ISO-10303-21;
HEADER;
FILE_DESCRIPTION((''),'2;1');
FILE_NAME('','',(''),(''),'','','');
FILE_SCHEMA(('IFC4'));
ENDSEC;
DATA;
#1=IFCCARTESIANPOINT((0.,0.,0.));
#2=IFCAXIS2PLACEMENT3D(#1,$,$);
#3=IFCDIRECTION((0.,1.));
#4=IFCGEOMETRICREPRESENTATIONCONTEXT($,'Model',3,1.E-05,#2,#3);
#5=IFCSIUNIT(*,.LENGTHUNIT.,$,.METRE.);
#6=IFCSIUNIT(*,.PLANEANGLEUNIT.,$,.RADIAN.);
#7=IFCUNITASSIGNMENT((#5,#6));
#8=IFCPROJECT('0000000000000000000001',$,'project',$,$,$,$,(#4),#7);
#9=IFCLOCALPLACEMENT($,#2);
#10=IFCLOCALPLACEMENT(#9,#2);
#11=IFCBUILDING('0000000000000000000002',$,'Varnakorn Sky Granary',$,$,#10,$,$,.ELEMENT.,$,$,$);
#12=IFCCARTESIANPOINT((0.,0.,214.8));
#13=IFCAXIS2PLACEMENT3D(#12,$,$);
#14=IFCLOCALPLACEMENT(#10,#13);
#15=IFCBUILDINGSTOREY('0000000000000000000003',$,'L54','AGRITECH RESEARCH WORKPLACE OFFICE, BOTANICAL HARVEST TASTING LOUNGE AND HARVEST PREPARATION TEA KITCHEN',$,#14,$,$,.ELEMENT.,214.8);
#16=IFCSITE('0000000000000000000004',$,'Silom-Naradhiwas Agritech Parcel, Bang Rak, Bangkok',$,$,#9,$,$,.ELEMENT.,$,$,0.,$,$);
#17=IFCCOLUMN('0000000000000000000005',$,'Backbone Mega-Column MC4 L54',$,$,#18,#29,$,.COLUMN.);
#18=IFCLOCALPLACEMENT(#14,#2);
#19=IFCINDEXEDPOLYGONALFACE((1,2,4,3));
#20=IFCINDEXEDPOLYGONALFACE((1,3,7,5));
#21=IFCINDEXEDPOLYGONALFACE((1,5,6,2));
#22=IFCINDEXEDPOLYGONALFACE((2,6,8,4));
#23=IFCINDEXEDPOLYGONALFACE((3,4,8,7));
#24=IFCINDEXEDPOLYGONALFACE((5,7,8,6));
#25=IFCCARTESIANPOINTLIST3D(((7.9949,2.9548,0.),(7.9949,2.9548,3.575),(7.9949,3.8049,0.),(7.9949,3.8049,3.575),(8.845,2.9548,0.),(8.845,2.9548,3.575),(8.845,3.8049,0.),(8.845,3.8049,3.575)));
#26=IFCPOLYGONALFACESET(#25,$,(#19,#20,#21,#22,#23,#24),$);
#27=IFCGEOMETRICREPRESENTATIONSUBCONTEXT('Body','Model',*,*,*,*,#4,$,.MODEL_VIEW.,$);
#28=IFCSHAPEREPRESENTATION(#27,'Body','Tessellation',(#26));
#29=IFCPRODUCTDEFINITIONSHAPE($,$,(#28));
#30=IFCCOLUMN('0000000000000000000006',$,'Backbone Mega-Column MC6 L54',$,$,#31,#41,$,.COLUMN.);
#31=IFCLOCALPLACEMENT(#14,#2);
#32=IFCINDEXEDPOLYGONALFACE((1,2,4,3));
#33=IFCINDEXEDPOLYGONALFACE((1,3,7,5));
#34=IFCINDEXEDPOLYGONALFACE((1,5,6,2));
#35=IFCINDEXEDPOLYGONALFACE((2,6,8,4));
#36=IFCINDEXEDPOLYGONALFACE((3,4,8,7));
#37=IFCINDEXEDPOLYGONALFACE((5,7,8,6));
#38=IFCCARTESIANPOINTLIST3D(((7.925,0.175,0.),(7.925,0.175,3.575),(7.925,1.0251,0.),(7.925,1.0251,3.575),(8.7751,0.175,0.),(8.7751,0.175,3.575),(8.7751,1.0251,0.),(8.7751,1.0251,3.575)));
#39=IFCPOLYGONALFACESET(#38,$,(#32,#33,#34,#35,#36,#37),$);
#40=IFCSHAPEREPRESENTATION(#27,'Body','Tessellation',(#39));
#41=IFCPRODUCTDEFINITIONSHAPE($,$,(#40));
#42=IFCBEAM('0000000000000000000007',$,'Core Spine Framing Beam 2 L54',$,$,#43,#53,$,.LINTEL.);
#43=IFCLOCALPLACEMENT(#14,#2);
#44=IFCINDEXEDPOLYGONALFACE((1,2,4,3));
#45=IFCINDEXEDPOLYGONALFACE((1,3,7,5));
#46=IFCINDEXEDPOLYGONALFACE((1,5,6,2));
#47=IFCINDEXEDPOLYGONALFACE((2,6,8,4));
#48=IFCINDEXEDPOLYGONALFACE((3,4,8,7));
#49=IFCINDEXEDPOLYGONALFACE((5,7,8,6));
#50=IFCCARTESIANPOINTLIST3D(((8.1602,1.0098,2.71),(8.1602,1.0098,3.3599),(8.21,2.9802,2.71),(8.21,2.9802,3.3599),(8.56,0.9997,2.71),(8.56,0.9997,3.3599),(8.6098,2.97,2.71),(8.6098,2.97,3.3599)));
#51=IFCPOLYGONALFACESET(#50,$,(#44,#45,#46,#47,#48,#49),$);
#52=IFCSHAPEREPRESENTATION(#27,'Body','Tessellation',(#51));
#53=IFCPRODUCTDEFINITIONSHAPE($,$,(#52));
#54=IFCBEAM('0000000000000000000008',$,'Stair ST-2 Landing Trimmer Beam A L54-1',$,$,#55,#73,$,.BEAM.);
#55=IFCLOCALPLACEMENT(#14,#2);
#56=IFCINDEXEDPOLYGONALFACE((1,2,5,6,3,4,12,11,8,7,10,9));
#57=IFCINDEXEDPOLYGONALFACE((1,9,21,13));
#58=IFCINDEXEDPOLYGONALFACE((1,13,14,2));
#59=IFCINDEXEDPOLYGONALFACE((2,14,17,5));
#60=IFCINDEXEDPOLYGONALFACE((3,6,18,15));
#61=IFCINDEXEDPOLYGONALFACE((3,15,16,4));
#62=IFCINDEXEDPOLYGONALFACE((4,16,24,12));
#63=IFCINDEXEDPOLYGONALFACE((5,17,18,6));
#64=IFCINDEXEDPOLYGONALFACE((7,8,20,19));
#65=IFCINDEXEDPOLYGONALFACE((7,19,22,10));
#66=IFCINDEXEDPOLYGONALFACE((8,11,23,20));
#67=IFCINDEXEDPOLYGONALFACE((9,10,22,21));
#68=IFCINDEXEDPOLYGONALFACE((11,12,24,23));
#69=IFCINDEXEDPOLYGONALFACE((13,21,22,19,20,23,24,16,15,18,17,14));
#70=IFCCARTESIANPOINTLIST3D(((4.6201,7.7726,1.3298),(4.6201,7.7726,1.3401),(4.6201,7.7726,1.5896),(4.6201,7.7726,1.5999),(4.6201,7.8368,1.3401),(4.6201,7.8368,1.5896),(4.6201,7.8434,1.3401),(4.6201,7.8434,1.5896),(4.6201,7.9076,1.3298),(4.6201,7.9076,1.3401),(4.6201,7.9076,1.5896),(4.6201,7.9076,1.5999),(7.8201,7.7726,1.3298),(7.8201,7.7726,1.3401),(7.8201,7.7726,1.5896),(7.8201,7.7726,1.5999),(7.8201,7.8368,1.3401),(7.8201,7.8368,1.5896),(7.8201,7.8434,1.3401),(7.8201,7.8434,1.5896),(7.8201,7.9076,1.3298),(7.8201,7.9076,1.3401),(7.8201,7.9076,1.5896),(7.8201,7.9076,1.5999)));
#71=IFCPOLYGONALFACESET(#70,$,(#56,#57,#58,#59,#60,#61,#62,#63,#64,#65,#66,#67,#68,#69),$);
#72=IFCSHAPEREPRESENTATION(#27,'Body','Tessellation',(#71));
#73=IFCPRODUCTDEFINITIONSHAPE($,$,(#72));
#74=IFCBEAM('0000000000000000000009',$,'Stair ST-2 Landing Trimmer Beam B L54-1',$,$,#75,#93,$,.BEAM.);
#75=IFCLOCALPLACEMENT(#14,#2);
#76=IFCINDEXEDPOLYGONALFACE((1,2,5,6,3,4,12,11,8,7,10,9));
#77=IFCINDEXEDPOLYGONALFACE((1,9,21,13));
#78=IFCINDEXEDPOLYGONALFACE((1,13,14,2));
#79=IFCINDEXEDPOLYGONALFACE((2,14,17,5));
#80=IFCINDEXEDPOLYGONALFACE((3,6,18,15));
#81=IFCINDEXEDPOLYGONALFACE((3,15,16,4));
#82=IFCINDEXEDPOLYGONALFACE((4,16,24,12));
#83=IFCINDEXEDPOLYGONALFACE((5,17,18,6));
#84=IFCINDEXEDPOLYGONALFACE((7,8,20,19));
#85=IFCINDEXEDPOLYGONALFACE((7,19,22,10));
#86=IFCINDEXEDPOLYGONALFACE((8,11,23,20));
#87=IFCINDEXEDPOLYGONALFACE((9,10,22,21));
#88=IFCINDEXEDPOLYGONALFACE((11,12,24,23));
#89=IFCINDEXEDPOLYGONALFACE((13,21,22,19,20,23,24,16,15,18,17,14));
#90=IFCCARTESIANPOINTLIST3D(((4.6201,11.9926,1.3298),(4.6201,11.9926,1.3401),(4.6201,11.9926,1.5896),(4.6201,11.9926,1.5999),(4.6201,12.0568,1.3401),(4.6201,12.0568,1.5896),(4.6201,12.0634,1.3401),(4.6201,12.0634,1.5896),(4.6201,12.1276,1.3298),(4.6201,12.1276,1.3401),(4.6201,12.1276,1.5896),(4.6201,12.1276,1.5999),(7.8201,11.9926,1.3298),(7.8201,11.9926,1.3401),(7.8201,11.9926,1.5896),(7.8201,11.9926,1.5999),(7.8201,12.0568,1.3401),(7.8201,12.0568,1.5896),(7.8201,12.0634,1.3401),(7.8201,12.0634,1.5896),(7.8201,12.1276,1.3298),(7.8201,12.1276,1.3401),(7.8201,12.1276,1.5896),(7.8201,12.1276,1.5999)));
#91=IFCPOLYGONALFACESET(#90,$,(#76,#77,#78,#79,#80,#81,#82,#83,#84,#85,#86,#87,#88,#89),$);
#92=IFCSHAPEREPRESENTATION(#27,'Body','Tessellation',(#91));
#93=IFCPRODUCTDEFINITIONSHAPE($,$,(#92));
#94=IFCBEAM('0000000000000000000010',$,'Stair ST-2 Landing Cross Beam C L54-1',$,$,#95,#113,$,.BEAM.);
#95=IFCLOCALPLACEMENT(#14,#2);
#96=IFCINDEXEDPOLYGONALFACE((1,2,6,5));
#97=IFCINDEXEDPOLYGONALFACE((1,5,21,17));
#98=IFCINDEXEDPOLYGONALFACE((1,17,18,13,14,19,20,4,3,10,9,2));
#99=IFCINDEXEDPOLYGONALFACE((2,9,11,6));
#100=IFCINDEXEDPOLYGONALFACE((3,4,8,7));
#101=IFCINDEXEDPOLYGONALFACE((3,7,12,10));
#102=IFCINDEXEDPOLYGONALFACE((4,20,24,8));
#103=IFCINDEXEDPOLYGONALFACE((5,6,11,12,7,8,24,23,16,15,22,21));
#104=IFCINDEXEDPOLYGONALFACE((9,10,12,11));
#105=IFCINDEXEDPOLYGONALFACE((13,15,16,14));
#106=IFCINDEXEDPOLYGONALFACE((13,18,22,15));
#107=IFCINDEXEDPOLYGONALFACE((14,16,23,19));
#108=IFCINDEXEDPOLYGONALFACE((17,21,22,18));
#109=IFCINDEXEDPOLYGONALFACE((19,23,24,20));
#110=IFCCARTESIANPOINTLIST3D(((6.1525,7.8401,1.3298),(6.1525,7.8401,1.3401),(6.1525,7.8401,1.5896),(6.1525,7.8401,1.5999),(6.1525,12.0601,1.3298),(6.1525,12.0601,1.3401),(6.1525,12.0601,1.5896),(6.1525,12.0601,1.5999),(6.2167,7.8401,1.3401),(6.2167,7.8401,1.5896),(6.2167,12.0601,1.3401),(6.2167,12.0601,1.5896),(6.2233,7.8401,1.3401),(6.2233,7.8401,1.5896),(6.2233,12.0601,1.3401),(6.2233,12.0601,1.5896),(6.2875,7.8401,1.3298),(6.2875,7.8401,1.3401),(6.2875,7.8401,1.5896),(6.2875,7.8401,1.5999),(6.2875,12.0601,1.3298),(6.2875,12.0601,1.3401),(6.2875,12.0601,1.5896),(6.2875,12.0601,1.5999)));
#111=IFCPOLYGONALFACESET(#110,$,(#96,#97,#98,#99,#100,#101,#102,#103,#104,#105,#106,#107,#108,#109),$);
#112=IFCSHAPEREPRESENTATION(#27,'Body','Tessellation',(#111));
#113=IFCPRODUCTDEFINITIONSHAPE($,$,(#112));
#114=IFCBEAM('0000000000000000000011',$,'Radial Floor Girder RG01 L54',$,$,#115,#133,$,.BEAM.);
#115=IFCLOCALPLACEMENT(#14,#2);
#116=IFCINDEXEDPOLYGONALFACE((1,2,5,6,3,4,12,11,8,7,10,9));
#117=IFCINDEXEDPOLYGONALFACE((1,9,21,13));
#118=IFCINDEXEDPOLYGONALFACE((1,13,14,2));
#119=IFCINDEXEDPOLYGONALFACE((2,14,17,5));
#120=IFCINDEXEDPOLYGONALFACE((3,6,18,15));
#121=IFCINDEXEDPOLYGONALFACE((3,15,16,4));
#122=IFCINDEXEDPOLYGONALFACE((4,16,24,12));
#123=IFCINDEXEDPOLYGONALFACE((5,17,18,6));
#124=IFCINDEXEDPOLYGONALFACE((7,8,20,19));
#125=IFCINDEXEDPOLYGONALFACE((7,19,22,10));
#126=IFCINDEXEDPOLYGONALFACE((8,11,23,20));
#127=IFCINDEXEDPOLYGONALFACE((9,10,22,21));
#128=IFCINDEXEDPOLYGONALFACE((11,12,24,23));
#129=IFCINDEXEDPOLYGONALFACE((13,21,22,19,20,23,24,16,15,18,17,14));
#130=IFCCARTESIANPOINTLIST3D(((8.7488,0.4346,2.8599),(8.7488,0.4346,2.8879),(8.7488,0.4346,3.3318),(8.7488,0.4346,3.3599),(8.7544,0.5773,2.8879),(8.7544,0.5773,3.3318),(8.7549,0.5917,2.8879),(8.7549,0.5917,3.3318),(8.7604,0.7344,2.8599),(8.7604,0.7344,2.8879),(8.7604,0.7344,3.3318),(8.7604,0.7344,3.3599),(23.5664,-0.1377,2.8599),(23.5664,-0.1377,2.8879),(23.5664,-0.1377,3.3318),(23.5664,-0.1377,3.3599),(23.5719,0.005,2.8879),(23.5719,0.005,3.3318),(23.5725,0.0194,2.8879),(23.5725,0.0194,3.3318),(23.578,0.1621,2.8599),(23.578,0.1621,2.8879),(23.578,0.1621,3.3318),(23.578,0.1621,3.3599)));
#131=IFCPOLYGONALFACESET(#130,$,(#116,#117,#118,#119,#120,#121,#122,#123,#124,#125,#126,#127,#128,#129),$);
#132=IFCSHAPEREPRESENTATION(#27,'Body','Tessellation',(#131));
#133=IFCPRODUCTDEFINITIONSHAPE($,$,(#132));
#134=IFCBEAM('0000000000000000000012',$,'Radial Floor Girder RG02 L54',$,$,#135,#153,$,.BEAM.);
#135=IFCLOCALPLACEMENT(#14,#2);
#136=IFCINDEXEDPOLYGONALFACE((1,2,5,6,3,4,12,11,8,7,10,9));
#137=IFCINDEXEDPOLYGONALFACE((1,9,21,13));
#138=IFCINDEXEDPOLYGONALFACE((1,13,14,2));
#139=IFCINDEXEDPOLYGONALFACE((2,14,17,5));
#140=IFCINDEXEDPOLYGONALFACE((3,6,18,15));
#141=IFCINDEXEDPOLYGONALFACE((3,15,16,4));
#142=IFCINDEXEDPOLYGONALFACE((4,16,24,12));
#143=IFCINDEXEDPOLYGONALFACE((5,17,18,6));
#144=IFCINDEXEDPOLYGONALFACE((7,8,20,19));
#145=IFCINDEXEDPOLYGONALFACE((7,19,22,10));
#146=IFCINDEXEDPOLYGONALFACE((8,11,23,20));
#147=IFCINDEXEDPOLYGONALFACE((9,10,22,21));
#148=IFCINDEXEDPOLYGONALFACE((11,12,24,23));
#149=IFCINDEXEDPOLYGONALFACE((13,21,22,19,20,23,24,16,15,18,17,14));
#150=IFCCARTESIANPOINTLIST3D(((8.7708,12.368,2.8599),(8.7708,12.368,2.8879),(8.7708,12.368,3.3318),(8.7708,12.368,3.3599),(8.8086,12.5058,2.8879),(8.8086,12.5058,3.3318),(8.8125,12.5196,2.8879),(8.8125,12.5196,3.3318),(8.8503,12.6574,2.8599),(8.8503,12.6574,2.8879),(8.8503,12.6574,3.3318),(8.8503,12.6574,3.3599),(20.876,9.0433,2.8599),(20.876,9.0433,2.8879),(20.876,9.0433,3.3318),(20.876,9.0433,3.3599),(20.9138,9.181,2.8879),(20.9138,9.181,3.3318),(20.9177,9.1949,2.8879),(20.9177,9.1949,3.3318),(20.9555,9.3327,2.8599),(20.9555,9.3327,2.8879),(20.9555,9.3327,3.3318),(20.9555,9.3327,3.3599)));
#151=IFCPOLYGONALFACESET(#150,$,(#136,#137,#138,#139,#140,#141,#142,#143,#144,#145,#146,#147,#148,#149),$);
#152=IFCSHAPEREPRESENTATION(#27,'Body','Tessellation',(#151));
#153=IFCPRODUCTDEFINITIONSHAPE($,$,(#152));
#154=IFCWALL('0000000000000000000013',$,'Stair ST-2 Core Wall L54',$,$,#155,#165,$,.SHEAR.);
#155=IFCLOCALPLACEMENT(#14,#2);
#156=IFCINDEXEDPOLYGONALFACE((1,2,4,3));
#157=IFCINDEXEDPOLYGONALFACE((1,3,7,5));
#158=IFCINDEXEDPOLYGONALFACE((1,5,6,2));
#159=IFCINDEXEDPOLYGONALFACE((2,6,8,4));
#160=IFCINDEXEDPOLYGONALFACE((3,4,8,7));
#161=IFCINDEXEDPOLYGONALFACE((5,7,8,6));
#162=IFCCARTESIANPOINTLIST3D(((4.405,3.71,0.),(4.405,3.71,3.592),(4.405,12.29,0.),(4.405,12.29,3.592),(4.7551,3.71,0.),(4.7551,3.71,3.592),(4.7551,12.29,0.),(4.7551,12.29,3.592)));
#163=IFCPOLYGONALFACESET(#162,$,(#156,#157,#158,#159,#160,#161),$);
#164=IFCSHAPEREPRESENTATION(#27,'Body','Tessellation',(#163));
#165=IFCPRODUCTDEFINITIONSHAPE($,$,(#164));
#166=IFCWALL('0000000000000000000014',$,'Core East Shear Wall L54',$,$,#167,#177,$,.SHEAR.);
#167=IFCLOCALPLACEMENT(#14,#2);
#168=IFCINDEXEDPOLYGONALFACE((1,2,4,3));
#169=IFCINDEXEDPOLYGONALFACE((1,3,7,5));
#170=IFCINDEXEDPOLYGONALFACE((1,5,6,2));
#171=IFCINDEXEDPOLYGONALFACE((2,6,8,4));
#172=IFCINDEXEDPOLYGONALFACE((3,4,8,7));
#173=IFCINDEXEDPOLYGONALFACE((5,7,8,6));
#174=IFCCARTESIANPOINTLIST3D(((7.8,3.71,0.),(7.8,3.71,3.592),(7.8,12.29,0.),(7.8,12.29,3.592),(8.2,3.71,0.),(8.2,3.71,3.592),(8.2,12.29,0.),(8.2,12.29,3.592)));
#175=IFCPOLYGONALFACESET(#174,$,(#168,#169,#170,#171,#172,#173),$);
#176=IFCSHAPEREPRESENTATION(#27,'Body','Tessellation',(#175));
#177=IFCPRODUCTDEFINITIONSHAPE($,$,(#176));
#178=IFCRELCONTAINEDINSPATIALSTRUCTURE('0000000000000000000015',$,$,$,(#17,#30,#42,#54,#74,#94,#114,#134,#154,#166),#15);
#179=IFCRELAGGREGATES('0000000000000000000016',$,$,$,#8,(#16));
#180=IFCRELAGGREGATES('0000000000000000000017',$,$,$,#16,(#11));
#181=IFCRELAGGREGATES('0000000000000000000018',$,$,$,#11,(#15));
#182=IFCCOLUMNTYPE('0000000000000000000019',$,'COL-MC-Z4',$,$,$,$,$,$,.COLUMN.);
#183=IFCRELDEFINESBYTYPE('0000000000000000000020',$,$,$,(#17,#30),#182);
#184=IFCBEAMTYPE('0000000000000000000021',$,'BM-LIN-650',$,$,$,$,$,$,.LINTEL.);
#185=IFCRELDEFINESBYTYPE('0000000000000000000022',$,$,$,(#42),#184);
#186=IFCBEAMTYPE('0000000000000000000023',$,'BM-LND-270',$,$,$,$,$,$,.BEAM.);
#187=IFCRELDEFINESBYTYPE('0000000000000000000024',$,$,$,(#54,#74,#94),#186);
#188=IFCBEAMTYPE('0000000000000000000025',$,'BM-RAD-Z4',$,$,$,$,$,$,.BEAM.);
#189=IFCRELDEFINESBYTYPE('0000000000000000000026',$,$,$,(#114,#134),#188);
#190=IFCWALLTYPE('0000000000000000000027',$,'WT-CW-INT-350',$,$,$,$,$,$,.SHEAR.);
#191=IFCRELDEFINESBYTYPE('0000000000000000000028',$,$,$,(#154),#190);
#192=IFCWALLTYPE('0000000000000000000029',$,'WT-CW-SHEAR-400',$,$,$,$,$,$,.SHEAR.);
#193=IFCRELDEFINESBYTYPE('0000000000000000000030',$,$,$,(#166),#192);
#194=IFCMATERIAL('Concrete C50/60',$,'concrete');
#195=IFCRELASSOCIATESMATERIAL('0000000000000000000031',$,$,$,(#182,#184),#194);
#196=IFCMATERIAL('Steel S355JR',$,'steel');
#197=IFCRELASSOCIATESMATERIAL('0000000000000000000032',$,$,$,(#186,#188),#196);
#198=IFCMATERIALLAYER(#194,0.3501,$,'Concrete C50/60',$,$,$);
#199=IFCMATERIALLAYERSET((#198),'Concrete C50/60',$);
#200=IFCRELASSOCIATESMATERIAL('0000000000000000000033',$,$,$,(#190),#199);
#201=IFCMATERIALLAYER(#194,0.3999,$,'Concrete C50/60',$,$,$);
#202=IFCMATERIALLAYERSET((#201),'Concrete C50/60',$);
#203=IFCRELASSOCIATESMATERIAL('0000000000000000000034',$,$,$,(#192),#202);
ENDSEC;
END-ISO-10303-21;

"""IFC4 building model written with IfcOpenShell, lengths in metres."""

from ifc_helpers import new_model, si_unit, direction, frame, frame_2d, origin, origin_2d, place, context, subcontext, project, spatial, rectangle, i_section, extrude, material, layer, layer_set, material_profile, profile_set, type_object, element, save


model = new_model("IFC4")

# Units and contexts
model_context = context("Model", 3, precision=1e-05, world=origin(), true_north=direction((0.0, 1.0)))
body_context = subcontext(model_context, "Body", "Model", "MODEL_VIEW")
ifc_project = project(units=[si_unit("LENGTHUNIT", "METRE"), si_unit("PLANEANGLEUNIT", "RADIAN")], contexts=[model_context])

# Site, building, storey
site_placement = place(None, origin())
site = spatial("IfcSite", under=ifc_project, at=site_placement, Name="Silom-Naradhiwas Agritech Parcel, Bang Rak, Bangkok", CompositionType="ELEMENT", RefElevation=0.0)
building_placement = place(site_placement, origin())
building = spatial("IfcBuilding", under=site, at=building_placement, Name="Varnakorn Sky Granary", CompositionType="ELEMENT")
storey_placement = place(building_placement, frame((0.0, 0.0, 214.8)))
storey = spatial("IfcBuildingStorey", under=building, at=storey_placement, Name="L54", Description="AGRITECH RESEARCH WORKPLACE OFFICE, BOTANICAL HARVEST TASTING LOUNGE AND HARVEST PREPARATION TEA KITCHEN", CompositionType="ELEMENT", Elevation=214.8)

# Columns
ifc_material_1 = material(Name="Concrete C50/60", Category="concrete")
ifc_material_profile_1 = material_profile(ifc_material_1, rectangle(XDim=0.8501, YDim=0.8501, at=origin_2d()), Name="RC 850x850")
ifc_profile_set_1 = profile_set([ifc_material_profile_1], Name="Concrete C50/60")
column_type = type_object("IfcColumnType", Name="COL-MC-Z4", PredefinedType="COLUMN", material=ifc_profile_set_1)
for number, where, z_axis, x_axis, name in (
    (1, (8.4199, 3.3799, 0.0), (0.0, 0.0, 1.0), (1.0, 0.0, 0.0), "Backbone Mega-Column MC4 L54"),
    (2, (8.3501, 0.6001, 0.0), (0.0, 0.0, 1.0), (1.0, 0.0, 0.0), "Backbone Mega-Column MC6 L54"),
):
    element("IfcColumn", number, at=place(storey_placement, frame(where, z_axis=z_axis, x_axis=x_axis)), inside=storey, type_object=column_type, Name=name, PredefinedType="COLUMN", context=body_context, shape_type="SweptSolid", body=[
        extrude(rectangle(XDim=0.8501, YDim=0.8501, at=origin_2d()), origin(), (0.0, 0.0, 1.0), 3.575),
    ])

# Beams
ifc_material_profile_2 = material_profile(ifc_material_1, rectangle(XDim=0.3999, YDim=0.6499, at=origin_2d()), Name="RC 400x650")
ifc_profile_set_2 = profile_set([ifc_material_profile_2], Name="Concrete C50/60")
beam_type_1 = type_object("IfcBeamType", Name="BM-LIN-650", PredefinedType="LINTEL", material=ifc_profile_set_2)
beam_1_placement = place(storey_placement, frame((8.4099, 2.9751, 3.0349), z_axis=(-0.025271, -0.999681, 0.0), x_axis=(0.999681, -0.025271, 0.0)))
element("IfcBeam", 3, at=beam_1_placement, inside=storey, type_object=beam_type_1, Name="Core Spine Framing Beam 2 L54", PredefinedType="LINTEL", context=body_context, shape_type="SweptSolid", body=[
    extrude(rectangle(XDim=0.3999, YDim=0.6499, at=origin_2d()), origin(), (0.0, 0.0, 1.0), 1.9709),
])
ifc_material_2 = material(Name="Steel S355JR", Category="steel")
ifc_material_profile_3 = material_profile(ifc_material_2, i_section(OverallWidth=0.135, OverallDepth=0.27, WebThickness=0.0066, FlangeThickness=0.0103, at=origin_2d()), Name="IPE 270")
ifc_profile_set_3 = profile_set([ifc_material_profile_3], Name="Steel S355JR")
beam_type_2 = type_object("IfcBeamType", Name="BM-LND-270", PredefinedType="BEAM", material=ifc_profile_set_3)
for number, where, z_axis, x_axis, name in (
    (4, (4.6201, 7.8401, 1.4648), (1.0, 0.0, 0.0), (0.0, 1.0, 0.0), "Stair ST-2 Landing Trimmer Beam A L54-1"),
    (5, (4.6201, 12.0601, 1.4648), (1.0, 0.0, 0.0), (0.0, 1.0, 0.0), "Stair ST-2 Landing Trimmer Beam B L54-1"),
):
    element("IfcBeam", number, at=place(storey_placement, frame(where, z_axis=z_axis, x_axis=x_axis)), inside=storey, type_object=beam_type_2, Name=name, PredefinedType="BEAM", context=body_context, shape_type="SweptSolid", body=[
        extrude(i_section(OverallWidth=0.135, OverallDepth=0.27, WebThickness=0.0066, FlangeThickness=0.0103, at=origin_2d()), origin(), (0.0, 0.0, 1.0), 3.2),
    ])
beam_2_placement = place(storey_placement, frame((6.22, 7.8401, 1.4648), z_axis=(0.0, 1.0, 0.0), x_axis=(-1.0, 0.0, 0.0)))
element("IfcBeam", 6, at=beam_2_placement, inside=storey, type_object=beam_type_2, Name="Stair ST-2 Landing Cross Beam C L54-1", PredefinedType="BEAM", context=body_context, shape_type="SweptSolid", body=[
    extrude(i_section(OverallWidth=0.135, OverallDepth=0.27, WebThickness=0.0066, FlangeThickness=0.0103, at=origin_2d()), origin(), (0.0, 0.0, 1.0), 4.22),
])
ifc_material_profile_4 = material_profile(ifc_material_2, i_section(OverallWidth=0.3, OverallDepth=0.5, WebThickness=0.0144, FlangeThickness=0.0281, at=origin_2d()), Name="HE 500 B")
ifc_profile_set_4 = profile_set([ifc_material_profile_4], Name="Steel S355JR")
beam_type_3 = type_object("IfcBeamType", Name="BM-RAD-Z4", PredefinedType="BEAM", material=ifc_profile_set_4)
beam_3_placement = place(storey_placement, frame((8.7546, 0.5845, 3.1099), z_axis=(0.999255, -0.038592, 0.0), x_axis=(0.038592, 0.999255, 0.0)))
element("IfcBeam", 7, at=beam_3_placement, inside=storey, type_object=beam_type_3, Name="Radial Floor Girder RG01 L54", PredefinedType="BEAM", context=body_context, shape_type="SweptSolid", body=[
    extrude(i_section(OverallWidth=0.3, OverallDepth=0.5, WebThickness=0.0144, FlangeThickness=0.0281, at=origin_2d()), origin(), (0.0, 0.0, 1.0), 14.8286),
])
beam_4_placement = place(storey_placement, frame((8.8105, 12.5127, 3.1099), z_axis=(0.964291, -0.264843, 0.0), x_axis=(0.264843, 0.964291, 0.0)))
element("IfcBeam", 8, at=beam_4_placement, inside=storey, type_object=beam_type_3, Name="Radial Floor Girder RG02 L54", PredefinedType="BEAM", context=body_context, shape_type="SweptSolid", body=[
    extrude(i_section(OverallWidth=0.3, OverallDepth=0.5, WebThickness=0.0144, FlangeThickness=0.0281, at=origin_2d()), origin(), (0.0, 0.0, 1.0), 12.5535),
])

# Walls
ifc_layer_1 = layer(ifc_material_1, 0.3501, Name="Concrete C50/60")
ifc_layer_set_1 = layer_set([ifc_layer_1], Name="Concrete C50/60")
wall_type_1 = type_object("IfcWallType", Name="WT-CW-INT-350", PredefinedType="SHEAR", material=ifc_layer_set_1)
wall_1_placement = place(storey_placement, frame((4.5801, 3.71, 0.0), z_axis=(0.0, 0.0, 1.0), x_axis=(0.0, 1.0, 0.0)))
element("IfcWall", 9, at=wall_1_placement, inside=storey, type_object=wall_type_1, Name="Stair ST-2 Core Wall L54", PredefinedType="SHEAR", context=body_context, shape_type="SweptSolid", body=[
    extrude(rectangle(XDim=8.5801, YDim=0.3501, at=frame_2d((4.29, 0.0))), origin(), (0.0, 0.0, 1.0), 3.592),
])
ifc_layer_2 = layer(ifc_material_1, 0.3999, Name="Concrete C50/60")
ifc_layer_set_2 = layer_set([ifc_layer_2], Name="Concrete C50/60")
wall_type_2 = type_object("IfcWallType", Name="WT-CW-SHEAR-400", PredefinedType="SHEAR", material=ifc_layer_set_2)
wall_2_placement = place(storey_placement, frame((8.0, 3.71, 0.0), z_axis=(0.0, 0.0, 1.0), x_axis=(0.0, 1.0, 0.0)))
element("IfcWall", 10, at=wall_2_placement, inside=storey, type_object=wall_type_2, Name="Core East Shear Wall L54", PredefinedType="SHEAR", context=body_context, shape_type="SweptSolid", body=[
    extrude(rectangle(XDim=8.5801, YDim=0.3999, at=frame_2d((4.29, 0.0))), origin(), (0.0, 0.0, 1.0), 3.592),
])

save(model, "model.ifc")
